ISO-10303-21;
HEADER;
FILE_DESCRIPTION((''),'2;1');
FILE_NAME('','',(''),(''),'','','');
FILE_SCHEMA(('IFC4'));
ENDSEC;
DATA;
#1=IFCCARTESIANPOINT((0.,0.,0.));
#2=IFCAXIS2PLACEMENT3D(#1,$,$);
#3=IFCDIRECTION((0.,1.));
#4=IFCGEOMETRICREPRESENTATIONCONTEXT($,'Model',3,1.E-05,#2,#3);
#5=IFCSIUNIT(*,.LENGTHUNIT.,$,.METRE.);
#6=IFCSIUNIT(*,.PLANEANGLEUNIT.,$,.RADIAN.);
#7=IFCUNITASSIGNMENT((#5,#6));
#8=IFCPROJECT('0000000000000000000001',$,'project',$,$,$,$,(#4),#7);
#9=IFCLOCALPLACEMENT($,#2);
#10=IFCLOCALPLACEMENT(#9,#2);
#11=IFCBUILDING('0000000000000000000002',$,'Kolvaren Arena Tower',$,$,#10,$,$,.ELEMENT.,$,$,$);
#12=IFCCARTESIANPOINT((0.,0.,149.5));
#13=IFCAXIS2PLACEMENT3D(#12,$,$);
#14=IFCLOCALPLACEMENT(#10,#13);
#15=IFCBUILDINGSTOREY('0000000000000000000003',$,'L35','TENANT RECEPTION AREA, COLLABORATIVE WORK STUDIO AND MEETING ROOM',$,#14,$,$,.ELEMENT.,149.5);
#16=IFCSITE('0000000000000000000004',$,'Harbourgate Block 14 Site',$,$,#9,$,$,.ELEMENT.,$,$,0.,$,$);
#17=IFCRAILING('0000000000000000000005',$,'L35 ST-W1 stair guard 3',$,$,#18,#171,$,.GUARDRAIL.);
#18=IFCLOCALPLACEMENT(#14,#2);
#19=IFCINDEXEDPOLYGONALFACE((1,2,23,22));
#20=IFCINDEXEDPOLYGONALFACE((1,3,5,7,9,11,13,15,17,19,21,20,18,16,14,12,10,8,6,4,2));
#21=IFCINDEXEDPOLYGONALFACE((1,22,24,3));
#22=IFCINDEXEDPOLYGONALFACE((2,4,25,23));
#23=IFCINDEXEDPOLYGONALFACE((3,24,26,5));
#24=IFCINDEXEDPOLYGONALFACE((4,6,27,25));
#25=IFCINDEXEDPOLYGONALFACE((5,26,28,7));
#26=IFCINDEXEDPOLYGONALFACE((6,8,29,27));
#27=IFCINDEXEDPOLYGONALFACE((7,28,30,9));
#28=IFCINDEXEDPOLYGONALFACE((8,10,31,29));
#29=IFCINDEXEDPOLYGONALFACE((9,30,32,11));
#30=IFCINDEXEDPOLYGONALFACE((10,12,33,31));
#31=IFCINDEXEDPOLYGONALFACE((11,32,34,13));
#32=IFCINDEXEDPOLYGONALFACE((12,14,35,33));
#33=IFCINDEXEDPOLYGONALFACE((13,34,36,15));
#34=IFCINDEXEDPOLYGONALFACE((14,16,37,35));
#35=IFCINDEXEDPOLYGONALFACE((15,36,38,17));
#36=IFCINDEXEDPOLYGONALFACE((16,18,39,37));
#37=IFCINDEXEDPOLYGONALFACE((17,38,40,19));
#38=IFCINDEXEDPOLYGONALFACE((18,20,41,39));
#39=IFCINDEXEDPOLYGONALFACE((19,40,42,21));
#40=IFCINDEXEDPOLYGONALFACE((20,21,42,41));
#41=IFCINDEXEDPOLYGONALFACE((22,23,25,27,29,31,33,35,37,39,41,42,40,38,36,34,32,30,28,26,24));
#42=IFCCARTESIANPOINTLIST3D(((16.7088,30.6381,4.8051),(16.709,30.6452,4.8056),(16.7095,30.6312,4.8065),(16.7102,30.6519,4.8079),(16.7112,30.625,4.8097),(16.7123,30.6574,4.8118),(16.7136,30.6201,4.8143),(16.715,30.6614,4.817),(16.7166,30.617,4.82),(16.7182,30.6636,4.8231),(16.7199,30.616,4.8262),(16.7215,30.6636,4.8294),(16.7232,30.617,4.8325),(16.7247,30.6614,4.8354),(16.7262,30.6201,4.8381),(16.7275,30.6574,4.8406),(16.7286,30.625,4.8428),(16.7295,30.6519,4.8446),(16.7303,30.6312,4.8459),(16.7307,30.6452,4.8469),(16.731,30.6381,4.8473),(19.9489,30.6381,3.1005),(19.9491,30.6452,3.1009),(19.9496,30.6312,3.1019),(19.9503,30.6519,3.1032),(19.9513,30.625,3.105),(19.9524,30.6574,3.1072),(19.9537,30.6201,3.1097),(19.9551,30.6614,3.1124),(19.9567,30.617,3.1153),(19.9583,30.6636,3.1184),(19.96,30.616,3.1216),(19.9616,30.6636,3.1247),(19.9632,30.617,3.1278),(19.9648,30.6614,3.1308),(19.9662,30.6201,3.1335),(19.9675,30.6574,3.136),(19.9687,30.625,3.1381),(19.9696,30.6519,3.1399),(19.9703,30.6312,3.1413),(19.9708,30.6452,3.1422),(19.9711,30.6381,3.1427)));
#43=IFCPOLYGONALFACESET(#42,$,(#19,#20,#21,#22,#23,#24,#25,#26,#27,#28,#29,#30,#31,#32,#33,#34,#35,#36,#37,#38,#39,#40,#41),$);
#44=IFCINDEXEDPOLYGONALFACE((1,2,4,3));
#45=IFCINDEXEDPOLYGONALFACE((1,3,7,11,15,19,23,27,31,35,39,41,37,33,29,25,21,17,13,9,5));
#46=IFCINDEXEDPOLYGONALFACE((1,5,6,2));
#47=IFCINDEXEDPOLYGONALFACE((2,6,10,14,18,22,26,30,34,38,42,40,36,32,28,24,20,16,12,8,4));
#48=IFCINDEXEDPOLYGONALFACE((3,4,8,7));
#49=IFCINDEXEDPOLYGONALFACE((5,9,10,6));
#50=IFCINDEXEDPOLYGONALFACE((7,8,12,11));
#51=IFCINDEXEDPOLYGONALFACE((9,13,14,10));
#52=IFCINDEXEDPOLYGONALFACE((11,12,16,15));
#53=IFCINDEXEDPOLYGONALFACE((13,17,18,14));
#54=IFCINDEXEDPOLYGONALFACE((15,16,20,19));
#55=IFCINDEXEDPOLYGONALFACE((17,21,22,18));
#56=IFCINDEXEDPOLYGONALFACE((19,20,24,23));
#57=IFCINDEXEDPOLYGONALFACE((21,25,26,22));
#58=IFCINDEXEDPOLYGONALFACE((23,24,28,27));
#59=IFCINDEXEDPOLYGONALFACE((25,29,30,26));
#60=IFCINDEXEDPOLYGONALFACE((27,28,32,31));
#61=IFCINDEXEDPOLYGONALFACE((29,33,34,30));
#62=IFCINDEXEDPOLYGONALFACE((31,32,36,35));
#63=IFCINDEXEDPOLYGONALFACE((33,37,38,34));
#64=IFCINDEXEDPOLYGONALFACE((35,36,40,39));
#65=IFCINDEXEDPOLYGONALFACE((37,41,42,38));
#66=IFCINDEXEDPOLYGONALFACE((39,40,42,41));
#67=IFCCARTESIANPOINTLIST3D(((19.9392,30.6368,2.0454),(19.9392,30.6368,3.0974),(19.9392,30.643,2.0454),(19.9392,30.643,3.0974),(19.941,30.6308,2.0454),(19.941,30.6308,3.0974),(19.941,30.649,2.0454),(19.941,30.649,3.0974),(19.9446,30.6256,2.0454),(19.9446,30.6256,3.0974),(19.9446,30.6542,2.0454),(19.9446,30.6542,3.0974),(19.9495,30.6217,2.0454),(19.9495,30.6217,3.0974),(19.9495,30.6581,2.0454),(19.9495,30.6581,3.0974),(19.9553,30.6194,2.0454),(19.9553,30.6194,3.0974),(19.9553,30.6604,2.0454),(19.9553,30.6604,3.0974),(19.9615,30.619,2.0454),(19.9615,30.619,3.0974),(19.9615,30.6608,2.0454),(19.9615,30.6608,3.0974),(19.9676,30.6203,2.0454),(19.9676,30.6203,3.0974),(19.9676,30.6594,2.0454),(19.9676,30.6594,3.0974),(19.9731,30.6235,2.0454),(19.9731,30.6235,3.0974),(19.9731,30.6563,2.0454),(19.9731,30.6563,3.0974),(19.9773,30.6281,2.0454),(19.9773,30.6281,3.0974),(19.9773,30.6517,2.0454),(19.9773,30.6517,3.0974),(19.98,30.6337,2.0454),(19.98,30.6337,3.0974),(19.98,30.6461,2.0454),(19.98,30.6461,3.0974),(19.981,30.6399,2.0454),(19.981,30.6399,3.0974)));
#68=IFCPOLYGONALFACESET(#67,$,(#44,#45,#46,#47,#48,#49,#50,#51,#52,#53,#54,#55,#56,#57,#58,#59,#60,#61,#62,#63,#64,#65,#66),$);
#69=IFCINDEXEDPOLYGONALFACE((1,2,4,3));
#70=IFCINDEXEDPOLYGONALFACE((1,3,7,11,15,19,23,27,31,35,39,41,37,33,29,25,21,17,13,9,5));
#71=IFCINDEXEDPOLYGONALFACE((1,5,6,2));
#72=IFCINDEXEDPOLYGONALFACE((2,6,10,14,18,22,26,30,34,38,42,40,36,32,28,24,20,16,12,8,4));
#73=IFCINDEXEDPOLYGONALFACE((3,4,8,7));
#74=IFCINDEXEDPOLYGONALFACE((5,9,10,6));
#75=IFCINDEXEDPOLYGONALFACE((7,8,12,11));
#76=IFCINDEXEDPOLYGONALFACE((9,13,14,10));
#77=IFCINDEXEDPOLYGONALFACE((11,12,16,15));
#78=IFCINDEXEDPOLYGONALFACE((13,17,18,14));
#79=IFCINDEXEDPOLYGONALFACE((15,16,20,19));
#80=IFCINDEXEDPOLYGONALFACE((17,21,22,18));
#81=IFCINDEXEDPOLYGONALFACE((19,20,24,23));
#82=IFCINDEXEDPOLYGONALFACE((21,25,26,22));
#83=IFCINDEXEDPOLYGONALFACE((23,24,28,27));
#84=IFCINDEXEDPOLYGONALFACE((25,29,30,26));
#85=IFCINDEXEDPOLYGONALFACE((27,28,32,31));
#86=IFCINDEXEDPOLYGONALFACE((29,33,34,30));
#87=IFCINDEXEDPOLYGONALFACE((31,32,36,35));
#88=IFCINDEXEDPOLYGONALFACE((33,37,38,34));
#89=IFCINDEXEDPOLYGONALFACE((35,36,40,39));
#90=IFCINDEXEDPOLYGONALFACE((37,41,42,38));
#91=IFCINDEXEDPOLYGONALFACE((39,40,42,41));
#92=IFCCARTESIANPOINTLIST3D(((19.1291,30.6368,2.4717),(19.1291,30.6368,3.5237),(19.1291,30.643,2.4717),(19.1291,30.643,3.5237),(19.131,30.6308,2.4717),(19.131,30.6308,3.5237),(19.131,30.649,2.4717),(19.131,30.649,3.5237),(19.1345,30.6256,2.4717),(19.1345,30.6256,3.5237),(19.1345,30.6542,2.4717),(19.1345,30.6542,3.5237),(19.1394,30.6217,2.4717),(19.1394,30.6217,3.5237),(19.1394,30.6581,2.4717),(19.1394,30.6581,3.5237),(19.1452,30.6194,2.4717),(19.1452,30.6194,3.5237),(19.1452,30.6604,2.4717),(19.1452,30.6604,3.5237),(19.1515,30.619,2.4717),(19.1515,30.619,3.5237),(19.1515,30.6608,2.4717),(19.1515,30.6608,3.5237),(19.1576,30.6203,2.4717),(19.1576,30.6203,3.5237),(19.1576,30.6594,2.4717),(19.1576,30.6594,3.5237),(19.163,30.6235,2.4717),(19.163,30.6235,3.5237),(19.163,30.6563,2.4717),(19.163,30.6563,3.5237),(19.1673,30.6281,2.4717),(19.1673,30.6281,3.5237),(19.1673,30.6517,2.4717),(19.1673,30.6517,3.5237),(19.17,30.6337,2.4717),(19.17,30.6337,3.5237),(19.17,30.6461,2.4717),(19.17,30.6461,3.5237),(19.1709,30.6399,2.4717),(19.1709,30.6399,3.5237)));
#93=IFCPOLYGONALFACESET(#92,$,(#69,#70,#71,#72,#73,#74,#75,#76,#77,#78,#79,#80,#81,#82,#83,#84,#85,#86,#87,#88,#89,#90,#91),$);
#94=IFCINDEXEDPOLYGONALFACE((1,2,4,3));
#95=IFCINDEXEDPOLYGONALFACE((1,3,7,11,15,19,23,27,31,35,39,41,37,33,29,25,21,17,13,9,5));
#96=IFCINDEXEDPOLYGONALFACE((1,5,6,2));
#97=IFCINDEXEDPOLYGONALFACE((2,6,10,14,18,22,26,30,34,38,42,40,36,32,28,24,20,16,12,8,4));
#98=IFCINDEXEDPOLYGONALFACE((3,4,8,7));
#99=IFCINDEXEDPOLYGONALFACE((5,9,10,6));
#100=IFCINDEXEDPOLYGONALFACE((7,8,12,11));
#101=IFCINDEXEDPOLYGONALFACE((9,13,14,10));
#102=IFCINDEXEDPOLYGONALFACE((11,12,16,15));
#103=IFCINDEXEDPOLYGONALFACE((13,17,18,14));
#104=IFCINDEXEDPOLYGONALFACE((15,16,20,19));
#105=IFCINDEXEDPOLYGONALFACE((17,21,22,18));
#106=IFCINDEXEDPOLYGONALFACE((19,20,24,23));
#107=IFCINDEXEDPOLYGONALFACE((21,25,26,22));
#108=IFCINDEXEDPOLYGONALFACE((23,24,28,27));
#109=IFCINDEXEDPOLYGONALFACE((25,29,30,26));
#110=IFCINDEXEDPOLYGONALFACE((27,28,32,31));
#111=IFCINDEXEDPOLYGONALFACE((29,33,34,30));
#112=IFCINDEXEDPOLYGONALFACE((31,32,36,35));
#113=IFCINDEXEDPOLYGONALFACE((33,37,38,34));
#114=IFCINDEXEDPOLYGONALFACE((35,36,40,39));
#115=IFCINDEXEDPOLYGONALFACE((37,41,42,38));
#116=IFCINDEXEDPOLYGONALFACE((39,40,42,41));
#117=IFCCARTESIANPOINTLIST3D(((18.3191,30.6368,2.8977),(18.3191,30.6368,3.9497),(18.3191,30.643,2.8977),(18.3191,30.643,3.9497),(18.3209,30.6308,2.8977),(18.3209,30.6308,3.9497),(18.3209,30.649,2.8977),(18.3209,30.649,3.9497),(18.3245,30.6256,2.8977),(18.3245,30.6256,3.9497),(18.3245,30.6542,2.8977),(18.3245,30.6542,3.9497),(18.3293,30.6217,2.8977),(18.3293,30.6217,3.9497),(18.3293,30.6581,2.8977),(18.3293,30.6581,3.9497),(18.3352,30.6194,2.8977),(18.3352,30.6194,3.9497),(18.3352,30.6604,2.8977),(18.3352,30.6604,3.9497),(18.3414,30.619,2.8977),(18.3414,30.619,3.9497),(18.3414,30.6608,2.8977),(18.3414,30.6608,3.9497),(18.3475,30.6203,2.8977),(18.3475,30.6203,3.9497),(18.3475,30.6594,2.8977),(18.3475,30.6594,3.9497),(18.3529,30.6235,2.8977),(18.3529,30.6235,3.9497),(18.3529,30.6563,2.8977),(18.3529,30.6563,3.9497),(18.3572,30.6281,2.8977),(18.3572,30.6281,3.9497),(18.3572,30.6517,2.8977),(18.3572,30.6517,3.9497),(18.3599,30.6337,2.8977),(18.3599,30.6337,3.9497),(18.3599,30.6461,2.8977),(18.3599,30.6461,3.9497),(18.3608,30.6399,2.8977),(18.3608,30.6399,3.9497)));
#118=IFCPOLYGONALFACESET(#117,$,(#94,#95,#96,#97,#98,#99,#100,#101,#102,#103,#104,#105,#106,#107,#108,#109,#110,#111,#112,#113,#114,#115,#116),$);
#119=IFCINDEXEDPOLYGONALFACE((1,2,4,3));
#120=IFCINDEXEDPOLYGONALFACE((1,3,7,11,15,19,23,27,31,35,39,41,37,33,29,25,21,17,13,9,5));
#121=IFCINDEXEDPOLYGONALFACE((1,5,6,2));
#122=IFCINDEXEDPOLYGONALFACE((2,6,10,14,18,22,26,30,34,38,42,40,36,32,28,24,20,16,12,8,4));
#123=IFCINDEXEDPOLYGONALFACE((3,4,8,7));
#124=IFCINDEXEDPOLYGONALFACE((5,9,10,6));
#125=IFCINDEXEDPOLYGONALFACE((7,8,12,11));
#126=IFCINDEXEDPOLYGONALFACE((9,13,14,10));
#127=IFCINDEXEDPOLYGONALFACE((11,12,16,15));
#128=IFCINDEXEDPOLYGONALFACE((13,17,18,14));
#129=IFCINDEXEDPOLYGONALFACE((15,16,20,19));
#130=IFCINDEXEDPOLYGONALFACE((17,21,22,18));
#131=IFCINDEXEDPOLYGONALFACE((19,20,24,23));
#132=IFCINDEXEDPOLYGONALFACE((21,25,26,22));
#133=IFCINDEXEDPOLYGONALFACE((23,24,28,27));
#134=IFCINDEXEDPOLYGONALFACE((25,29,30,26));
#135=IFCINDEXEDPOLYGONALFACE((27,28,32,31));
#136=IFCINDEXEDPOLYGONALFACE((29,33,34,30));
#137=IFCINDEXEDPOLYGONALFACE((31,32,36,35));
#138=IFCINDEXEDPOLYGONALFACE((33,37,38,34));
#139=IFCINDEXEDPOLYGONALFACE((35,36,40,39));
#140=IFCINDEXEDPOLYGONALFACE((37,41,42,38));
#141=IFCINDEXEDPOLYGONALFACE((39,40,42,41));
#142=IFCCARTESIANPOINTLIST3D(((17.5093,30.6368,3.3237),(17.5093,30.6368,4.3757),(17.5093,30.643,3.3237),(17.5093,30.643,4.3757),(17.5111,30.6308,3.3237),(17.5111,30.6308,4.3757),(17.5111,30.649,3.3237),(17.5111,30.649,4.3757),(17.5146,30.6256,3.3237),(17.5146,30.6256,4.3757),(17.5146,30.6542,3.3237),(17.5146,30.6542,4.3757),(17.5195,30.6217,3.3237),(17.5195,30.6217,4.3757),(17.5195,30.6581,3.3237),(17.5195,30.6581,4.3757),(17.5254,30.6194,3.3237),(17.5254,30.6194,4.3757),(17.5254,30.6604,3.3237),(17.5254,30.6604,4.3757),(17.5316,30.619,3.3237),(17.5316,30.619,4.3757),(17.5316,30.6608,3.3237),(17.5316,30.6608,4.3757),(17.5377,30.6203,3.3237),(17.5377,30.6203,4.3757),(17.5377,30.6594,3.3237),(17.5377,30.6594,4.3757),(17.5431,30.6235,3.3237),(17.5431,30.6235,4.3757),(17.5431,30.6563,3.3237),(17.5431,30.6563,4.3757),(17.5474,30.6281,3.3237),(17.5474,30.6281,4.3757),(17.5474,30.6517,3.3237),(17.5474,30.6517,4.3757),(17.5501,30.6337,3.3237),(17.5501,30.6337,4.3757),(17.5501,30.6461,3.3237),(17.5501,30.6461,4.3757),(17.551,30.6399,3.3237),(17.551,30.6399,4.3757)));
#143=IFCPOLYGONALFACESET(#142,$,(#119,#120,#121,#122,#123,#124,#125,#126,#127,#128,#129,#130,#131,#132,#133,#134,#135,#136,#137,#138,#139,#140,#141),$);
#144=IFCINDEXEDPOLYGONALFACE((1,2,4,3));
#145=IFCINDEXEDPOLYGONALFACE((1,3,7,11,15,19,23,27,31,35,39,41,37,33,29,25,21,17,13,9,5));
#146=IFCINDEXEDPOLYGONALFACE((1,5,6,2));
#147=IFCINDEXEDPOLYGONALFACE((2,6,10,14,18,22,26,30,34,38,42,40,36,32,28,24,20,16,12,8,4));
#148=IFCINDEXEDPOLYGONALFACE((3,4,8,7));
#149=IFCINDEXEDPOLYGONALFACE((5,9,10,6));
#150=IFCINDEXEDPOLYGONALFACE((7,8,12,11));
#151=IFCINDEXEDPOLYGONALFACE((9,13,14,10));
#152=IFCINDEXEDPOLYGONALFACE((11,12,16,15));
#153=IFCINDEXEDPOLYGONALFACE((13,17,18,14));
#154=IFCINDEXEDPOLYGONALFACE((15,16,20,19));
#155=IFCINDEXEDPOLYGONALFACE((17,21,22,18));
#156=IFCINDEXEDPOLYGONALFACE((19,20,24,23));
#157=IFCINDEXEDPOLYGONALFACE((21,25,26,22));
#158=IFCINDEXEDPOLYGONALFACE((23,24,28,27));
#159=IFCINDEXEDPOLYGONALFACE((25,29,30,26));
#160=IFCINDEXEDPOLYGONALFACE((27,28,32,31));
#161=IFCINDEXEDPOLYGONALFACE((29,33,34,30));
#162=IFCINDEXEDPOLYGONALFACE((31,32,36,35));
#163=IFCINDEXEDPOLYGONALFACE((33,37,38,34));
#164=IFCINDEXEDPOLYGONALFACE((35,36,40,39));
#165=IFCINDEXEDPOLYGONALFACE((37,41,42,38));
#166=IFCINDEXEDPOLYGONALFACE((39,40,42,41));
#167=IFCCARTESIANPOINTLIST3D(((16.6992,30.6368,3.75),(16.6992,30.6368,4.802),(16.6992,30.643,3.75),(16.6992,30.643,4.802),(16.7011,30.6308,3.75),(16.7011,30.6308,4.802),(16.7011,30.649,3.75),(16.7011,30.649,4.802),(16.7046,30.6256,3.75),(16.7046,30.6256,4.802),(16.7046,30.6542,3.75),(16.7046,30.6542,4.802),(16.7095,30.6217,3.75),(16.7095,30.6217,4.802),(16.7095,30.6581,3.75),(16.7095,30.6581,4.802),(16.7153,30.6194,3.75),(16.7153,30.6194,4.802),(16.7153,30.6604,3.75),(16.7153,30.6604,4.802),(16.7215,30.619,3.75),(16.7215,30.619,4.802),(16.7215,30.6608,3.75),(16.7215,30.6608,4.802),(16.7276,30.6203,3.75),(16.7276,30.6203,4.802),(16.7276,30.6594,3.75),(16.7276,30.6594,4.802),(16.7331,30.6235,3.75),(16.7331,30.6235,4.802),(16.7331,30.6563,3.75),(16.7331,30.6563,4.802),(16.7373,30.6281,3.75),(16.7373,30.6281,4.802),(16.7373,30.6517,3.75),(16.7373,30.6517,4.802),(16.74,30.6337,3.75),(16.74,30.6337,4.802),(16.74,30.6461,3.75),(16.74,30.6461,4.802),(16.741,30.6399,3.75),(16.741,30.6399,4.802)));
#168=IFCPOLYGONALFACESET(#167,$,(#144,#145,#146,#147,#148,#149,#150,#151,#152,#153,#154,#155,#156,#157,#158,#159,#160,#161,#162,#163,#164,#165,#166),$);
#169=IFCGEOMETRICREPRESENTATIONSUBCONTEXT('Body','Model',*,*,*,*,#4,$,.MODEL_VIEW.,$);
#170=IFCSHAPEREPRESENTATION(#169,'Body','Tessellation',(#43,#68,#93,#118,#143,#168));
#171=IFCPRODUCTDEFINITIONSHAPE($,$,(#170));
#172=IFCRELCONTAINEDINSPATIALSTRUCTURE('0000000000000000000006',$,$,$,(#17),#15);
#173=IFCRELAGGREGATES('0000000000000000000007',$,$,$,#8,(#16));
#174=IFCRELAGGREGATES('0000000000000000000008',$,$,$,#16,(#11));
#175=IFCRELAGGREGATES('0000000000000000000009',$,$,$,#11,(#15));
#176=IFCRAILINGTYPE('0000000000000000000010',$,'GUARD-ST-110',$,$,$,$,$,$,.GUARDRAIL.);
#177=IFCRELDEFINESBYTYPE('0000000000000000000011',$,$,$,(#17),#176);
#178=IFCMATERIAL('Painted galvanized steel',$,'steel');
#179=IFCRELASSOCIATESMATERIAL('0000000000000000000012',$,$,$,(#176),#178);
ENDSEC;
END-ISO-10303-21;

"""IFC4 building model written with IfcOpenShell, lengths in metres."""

from ifc_helpers import new_model, si_unit, direction, frame, origin, origin_2d, place, context, subcontext, project, spatial, circle, extrude, material, type_object, element, save


model = new_model("IFC4")

# Units and contexts
model_context = context("Model", 3, precision=1e-05, world=origin(), true_north=direction((0.0, 1.0)))
body_context = subcontext(model_context, "Body", "Model", "MODEL_VIEW")
ifc_project = project(units=[si_unit("LENGTHUNIT", "METRE"), si_unit("PLANEANGLEUNIT", "RADIAN")], contexts=[model_context])

# Site, building, storey
site_placement = place(None, origin())
site = spatial("IfcSite", under=ifc_project, at=site_placement, Name="Harbourgate Block 14 Site", CompositionType="ELEMENT", RefElevation=0.0)
building_placement = place(site_placement, origin())
building = spatial("IfcBuilding", under=site, at=building_placement, Name="Kolvaren Arena Tower", CompositionType="ELEMENT")
storey_placement = place(building_placement, frame((0.0, 0.0, 149.5)))
storey = spatial("IfcBuildingStorey", under=building, at=storey_placement, Name="L35", Description="TENANT RECEPTION AREA, COLLABORATIVE WORK STUDIO AND MEETING ROOM", CompositionType="ELEMENT", Elevation=149.5)

# Railing
ifc_material_1 = material(Name="Painted galvanized steel", Category="steel")
railing_type_1 = type_object("IfcRailingType", Name="GUARD-ST-110", PredefinedType="GUARDRAIL", material=ifc_material_1)
railing_1_placement = place(storey_placement, frame((19.96, 30.6399, 2.0454)))
element("IfcRailing", 1, at=railing_1_placement, inside=storey, type_object=railing_type_1, Name="L35 ST-W1 stair guard 3", PredefinedType="GUARDRAIL", context=body_context, shape_type="SweptSolid", body=[
    extrude(circle(Radius=0.0239, at=origin_2d()), frame((0.0, 0.0, 1.0762), z_axis=(-0.884993, 0.0, 0.465604), x_axis=(0.0, -1.0, 0.0)), (0.0, 0.0, 1.0), 3.6611),
    extrude(circle(Radius=0.021, at=origin_2d()), origin(), (0.0, 0.0, 1.0), 1.052),
    extrude(circle(Radius=0.021, at=origin_2d()), frame((-0.8101, 0.0, 0.4263)), (0.0, 0.0, 1.0), 1.052),
    extrude(circle(Radius=0.021, at=origin_2d()), frame((-1.6201, 0.0, 0.8523)), (0.0, 0.0, 1.0), 1.052),
    extrude(circle(Radius=0.021, at=origin_2d()), frame((-2.4299, 0.0, 1.2783)), (0.0, 0.0, 1.0), 1.052),
    extrude(circle(Radius=0.021, at=origin_2d()), frame((-3.24, 0.0, 1.7046)), (0.0, 0.0, 1.0), 1.052),
])

save(model, "model.ifc")
